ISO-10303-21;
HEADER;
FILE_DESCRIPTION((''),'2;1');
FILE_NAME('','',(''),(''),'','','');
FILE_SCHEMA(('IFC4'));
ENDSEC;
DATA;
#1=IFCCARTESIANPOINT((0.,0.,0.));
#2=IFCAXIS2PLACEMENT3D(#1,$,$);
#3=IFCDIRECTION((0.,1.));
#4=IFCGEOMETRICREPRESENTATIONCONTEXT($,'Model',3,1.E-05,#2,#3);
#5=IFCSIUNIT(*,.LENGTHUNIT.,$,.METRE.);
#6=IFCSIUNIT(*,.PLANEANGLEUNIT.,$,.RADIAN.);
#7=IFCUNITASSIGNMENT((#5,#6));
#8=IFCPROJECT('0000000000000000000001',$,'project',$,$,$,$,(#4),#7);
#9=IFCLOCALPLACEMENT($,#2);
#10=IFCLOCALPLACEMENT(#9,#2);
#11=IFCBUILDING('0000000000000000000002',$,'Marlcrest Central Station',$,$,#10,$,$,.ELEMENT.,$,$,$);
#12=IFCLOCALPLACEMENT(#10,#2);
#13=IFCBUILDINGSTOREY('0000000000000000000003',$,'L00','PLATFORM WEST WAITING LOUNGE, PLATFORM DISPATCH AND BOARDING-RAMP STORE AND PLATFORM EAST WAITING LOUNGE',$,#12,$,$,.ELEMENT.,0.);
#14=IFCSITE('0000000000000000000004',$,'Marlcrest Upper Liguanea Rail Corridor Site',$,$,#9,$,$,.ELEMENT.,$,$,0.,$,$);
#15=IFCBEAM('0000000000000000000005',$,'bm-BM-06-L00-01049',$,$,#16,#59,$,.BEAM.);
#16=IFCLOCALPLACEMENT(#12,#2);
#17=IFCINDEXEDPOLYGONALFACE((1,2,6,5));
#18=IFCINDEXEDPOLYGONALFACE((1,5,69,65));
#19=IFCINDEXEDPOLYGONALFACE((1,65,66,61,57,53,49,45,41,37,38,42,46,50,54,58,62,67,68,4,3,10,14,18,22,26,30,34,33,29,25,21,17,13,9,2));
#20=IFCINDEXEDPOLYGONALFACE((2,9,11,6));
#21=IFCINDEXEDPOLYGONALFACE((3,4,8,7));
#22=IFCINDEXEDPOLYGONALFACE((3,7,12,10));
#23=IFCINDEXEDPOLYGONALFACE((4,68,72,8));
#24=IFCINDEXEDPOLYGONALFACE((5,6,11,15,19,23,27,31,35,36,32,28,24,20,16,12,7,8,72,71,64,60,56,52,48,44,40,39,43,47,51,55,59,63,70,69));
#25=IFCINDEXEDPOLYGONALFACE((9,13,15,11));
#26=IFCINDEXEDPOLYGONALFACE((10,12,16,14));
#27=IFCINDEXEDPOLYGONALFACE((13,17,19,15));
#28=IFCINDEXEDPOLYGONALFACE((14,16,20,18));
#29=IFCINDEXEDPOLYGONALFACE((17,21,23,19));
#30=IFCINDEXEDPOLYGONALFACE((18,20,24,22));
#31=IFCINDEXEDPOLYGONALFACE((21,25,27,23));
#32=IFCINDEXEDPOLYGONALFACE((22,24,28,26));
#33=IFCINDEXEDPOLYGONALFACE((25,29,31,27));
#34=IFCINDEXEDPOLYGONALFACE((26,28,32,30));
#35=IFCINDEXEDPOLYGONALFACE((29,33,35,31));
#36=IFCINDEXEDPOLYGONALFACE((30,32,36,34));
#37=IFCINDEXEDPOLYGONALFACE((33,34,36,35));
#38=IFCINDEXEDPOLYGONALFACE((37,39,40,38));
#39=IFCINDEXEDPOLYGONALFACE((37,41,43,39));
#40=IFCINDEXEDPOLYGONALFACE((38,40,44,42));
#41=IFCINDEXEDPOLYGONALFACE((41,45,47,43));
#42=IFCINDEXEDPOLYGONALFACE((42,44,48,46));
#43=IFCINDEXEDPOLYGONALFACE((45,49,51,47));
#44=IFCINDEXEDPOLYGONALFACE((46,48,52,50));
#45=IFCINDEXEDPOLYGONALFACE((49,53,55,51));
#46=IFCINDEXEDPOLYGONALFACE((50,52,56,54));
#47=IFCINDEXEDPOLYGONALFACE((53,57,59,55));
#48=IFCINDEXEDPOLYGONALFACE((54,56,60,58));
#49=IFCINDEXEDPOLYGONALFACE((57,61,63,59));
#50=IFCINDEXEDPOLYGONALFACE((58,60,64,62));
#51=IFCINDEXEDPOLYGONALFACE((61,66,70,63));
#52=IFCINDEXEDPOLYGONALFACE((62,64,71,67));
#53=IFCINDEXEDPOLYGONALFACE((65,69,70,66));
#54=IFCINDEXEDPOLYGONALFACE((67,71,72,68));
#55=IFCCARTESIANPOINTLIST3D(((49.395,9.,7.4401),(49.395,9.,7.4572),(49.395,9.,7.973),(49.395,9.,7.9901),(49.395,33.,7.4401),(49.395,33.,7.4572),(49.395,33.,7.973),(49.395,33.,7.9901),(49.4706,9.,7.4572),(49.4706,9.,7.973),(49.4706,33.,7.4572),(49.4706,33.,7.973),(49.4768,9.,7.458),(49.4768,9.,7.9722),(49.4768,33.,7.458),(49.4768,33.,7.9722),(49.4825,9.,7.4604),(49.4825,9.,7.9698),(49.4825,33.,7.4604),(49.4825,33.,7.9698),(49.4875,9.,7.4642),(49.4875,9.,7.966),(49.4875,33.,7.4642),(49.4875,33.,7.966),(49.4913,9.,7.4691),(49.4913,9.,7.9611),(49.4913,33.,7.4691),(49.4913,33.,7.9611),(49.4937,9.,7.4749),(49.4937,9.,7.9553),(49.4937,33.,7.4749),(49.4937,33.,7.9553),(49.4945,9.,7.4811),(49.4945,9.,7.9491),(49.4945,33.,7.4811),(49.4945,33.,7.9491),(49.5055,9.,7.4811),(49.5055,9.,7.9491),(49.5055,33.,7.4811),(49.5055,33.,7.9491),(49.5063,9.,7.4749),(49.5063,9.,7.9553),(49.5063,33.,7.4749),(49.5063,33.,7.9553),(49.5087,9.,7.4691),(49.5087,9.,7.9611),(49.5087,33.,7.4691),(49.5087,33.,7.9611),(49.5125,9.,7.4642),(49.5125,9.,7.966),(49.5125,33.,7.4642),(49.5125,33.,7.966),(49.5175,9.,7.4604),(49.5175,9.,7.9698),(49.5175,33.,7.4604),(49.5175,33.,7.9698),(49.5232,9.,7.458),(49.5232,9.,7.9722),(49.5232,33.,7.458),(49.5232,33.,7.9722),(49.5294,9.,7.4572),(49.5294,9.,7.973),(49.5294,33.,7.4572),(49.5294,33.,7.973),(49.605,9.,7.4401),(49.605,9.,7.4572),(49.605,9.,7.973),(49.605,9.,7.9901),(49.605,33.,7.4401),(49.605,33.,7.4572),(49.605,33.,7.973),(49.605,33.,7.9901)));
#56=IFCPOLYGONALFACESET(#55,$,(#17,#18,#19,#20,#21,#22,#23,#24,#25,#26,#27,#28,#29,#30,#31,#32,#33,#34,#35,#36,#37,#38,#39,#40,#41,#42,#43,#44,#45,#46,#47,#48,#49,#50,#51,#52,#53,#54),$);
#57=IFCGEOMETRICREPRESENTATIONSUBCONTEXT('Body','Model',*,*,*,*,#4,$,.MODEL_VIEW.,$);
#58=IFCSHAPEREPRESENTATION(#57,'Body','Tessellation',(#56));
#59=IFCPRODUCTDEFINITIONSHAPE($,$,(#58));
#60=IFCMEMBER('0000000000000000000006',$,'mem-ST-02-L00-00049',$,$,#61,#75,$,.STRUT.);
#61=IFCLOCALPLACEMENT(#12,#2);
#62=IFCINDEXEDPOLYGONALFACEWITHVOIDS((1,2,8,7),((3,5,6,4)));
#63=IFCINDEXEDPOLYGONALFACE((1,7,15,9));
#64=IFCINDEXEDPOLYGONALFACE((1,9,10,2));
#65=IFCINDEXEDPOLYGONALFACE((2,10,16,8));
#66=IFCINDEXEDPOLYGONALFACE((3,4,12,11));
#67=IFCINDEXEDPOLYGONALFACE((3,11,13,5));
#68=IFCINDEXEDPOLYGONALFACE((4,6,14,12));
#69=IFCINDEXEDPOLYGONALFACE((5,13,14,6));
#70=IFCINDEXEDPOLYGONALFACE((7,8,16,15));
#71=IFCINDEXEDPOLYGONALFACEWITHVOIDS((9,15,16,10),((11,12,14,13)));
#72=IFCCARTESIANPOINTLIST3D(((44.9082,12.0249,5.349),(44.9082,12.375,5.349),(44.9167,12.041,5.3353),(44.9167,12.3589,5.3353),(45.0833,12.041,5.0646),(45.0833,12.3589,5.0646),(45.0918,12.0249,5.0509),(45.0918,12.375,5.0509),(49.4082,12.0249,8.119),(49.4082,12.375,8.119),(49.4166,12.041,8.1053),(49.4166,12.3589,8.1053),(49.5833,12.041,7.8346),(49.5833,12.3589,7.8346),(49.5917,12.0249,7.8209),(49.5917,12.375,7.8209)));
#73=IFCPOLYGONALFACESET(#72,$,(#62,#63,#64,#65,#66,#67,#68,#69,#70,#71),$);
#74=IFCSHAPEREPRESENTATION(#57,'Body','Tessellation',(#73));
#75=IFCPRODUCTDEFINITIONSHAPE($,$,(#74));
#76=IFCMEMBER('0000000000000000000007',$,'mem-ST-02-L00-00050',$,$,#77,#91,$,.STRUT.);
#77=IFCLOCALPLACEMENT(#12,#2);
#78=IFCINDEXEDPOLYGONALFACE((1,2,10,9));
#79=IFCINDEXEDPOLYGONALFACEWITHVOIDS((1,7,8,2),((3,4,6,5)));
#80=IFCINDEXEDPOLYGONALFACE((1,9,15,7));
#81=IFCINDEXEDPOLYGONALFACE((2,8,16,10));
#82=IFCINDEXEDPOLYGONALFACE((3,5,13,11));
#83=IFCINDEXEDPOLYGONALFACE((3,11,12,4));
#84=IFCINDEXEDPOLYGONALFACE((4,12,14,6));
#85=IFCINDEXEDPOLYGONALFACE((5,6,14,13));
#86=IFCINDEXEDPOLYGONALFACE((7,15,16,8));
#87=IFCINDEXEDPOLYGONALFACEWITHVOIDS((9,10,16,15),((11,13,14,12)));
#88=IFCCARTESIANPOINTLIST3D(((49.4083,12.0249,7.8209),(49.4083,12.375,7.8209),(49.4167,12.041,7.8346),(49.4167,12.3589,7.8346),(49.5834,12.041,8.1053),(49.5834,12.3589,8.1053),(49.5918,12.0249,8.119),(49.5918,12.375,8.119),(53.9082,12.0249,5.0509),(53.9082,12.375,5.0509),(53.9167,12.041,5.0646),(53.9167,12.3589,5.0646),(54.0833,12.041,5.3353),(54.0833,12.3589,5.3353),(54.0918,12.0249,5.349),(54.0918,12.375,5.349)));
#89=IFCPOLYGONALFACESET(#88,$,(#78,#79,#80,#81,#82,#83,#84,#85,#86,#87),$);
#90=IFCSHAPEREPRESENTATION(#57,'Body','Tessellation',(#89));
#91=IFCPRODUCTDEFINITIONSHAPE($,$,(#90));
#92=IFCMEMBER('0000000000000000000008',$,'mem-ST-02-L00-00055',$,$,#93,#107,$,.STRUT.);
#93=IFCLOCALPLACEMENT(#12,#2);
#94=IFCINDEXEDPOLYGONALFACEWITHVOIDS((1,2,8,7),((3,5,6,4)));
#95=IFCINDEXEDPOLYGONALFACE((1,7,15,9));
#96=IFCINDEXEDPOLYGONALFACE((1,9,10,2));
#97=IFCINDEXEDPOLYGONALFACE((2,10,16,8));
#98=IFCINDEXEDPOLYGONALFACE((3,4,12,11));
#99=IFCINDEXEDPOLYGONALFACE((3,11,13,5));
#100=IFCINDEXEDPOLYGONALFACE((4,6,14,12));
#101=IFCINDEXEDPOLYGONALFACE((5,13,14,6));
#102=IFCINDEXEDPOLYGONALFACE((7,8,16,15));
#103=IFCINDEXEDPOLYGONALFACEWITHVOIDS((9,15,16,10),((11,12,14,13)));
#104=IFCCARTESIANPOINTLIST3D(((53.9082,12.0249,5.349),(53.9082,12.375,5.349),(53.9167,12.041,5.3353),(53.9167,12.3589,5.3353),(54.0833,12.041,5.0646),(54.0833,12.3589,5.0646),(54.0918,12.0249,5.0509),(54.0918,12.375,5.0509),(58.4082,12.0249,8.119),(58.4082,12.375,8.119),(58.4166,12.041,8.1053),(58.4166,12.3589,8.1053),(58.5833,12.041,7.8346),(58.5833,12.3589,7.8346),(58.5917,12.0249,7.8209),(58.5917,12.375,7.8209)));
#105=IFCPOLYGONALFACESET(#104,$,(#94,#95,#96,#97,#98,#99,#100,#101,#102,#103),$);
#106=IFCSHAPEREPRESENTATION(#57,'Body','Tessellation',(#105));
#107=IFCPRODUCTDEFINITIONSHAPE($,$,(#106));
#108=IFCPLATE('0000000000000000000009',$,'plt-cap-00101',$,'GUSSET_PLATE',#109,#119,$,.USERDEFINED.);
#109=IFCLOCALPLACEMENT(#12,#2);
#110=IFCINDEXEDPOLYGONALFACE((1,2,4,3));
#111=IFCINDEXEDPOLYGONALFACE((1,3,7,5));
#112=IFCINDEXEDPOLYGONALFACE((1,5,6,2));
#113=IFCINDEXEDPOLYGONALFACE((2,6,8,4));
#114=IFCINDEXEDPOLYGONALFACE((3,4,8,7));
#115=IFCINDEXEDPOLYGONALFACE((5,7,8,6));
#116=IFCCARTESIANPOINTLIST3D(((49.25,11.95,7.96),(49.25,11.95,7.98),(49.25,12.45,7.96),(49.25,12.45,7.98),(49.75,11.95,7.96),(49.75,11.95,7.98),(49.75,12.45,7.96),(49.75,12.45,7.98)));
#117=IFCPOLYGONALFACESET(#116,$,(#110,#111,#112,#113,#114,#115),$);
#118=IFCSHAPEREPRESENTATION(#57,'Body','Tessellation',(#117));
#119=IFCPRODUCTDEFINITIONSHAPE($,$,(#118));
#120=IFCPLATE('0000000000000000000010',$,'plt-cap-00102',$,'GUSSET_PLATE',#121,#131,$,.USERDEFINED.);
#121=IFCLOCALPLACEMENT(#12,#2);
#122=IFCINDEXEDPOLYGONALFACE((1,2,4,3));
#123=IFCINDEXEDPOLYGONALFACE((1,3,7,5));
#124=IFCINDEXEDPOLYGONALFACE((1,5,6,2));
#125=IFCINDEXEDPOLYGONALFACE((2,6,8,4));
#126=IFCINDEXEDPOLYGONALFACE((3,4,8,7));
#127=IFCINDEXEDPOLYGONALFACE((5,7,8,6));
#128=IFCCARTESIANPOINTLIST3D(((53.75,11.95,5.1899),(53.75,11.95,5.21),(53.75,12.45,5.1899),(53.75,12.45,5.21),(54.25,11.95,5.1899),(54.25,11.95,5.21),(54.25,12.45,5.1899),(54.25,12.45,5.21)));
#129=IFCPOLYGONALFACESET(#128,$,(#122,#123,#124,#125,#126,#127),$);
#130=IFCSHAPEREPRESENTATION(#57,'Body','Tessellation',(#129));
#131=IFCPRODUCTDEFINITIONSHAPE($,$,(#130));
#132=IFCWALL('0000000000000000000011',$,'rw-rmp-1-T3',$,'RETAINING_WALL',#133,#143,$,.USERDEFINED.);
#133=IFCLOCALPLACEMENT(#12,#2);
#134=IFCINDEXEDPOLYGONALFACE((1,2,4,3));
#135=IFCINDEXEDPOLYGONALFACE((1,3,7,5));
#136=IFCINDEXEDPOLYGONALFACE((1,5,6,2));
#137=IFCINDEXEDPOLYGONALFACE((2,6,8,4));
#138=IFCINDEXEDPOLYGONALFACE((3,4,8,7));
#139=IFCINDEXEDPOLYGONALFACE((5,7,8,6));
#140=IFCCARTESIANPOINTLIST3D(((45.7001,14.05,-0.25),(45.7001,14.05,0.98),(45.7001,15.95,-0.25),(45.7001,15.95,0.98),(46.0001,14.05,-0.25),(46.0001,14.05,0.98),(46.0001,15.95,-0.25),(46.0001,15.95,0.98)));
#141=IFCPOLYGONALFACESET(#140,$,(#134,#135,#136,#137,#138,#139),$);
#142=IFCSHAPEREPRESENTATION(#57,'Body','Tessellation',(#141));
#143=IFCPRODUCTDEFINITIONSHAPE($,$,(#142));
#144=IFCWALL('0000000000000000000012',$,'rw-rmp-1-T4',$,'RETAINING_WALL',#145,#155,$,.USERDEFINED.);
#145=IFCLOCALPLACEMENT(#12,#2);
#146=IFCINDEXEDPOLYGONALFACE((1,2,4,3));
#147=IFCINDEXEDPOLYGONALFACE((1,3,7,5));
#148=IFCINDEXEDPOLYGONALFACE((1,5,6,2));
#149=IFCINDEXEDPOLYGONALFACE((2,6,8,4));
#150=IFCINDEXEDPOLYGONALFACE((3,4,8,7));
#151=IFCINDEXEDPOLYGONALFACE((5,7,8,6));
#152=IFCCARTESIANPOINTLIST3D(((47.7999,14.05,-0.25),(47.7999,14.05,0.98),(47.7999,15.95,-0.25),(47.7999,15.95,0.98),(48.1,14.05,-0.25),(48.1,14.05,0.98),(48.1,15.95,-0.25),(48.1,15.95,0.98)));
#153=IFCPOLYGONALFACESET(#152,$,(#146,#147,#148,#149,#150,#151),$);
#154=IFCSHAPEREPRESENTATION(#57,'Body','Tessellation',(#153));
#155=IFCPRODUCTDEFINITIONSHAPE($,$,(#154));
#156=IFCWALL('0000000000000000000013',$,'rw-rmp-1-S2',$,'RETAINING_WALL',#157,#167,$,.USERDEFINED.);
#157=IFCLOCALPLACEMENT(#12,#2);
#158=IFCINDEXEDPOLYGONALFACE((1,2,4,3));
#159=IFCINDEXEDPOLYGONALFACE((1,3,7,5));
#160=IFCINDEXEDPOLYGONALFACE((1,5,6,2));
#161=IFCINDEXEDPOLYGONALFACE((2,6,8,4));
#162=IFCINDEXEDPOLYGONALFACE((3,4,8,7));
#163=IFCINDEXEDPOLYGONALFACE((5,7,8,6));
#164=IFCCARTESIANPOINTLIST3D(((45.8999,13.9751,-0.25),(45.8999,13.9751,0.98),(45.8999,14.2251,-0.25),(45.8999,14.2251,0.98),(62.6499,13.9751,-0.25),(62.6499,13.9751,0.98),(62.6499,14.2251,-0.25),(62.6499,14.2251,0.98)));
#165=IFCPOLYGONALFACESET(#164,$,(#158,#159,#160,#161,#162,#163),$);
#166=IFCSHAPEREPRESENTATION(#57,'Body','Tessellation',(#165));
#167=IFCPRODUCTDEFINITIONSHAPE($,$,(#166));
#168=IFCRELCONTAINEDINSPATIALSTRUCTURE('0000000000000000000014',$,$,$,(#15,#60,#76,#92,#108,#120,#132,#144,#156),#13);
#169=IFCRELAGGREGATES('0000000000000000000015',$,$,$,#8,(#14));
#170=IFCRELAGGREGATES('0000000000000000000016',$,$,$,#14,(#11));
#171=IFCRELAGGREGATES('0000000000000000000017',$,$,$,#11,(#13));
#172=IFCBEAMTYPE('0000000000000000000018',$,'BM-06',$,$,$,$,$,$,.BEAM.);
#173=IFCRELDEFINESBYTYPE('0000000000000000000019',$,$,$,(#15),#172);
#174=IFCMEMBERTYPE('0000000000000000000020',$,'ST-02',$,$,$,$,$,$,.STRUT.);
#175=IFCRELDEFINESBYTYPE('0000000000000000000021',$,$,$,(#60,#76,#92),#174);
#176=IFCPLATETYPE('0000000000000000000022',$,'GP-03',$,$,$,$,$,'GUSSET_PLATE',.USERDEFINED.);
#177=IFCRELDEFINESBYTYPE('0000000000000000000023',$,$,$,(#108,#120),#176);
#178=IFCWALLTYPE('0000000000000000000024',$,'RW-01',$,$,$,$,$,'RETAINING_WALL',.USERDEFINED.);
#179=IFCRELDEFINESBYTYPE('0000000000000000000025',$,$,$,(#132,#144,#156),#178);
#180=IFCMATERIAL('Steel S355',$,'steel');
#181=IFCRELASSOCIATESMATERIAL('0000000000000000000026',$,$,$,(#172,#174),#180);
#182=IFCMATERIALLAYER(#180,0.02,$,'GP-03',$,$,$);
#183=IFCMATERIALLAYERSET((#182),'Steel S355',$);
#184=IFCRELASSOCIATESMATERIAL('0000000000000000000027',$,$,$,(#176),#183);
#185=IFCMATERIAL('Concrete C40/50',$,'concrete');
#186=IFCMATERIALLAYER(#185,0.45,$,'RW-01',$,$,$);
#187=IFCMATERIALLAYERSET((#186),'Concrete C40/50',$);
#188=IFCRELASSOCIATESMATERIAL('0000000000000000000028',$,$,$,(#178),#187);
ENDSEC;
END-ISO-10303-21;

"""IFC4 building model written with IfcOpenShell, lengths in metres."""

from ifc_helpers import new_model, si_unit, direction, frame, frame_2d, origin, origin_2d, place, context, subcontext, project, spatial, rectangle, hollow_rectangle, i_section, extrude, material, layer, layer_set, material_profile, profile_set, type_object, element, save


model = new_model("IFC4")

# Units and contexts
model_context = context("Model", 3, precision=1e-05, world=origin(), true_north=direction((0.0, 1.0)))
body_context = subcontext(model_context, "Body", "Model", "MODEL_VIEW")
ifc_project = project(units=[si_unit("LENGTHUNIT", "METRE"), si_unit("PLANEANGLEUNIT", "RADIAN")], contexts=[model_context])

# Site, building, storey
site_placement = place(None, origin())
site = spatial("IfcSite", under=ifc_project, at=site_placement, Name="Marlcrest Upper Liguanea Rail Corridor Site", CompositionType="ELEMENT", RefElevation=0.0)
building_placement = place(site_placement, origin())
building = spatial("IfcBuilding", under=site, at=building_placement, Name="Marlcrest Central Station", CompositionType="ELEMENT")
storey_placement = place(building_placement, origin())
storey = spatial("IfcBuildingStorey", under=building, at=storey_placement, Name="L00", Description="PLATFORM WEST WAITING LOUNGE, PLATFORM DISPATCH AND BOARDING-RAMP STORE AND PLATFORM EAST WAITING LOUNGE", CompositionType="ELEMENT", Elevation=0.0)

# Shared definitions
ifc_material_1 = material(Name="Concrete C40/50", Category="concrete")

# Shared definitions
ifc_material_2 = material(Name="Steel S355", Category="steel")

# Beam
ifc_material_profile_1 = material_profile(ifc_material_2, i_section(OverallWidth=0.21, OverallDepth=0.55, WebThickness=0.011, FlangeThickness=0.0171, FilletRadius=0.0239, at=origin_2d()), Name="IPE 550")
ifc_profile_set_1 = profile_set([ifc_material_profile_1], Name="Steel S355")
beam_type_1 = type_object("IfcBeamType", Name="BM-06", PredefinedType="BEAM", material=ifc_profile_set_1)
beam_1_placement = place(storey_placement, frame((49.5, 9.0, 7.7151), z_axis=(0.0, 1.0, 0.0), x_axis=(-1.0, 0.0, 0.0)))
element("IfcBeam", 1, at=beam_1_placement, inside=storey, type_object=beam_type_1, Name="bm-BM-06-L00-01049", PredefinedType="BEAM", context=body_context, shape_type="SweptSolid", body=[
    extrude(i_section(OverallWidth=0.21, OverallDepth=0.55, WebThickness=0.011, FlangeThickness=0.0171, FilletRadius=0.0239, at=origin_2d()), origin(), (0.0, 0.0, 1.0), 24.0),
])

# Members
ifc_material_profile_2 = material_profile(ifc_material_2, hollow_rectangle(XDim=0.3501, YDim=0.3501, WallThickness=0.0161, at=origin_2d()), Name="SHS 350x350x16")
ifc_profile_set_2 = profile_set([ifc_material_profile_2], Name="Steel S355")
member_type = type_object("IfcMemberType", Name="ST-02", PredefinedType="STRUT", material=ifc_profile_set_2)
for number, where, z_axis, x_axis, name in (
    (2, (45.0, 12.2, 5.2), (0.851592, 0.0, 0.524206), (0.0, 1.0, 0.0), "mem-ST-02-L00-00049"),
    (3, (54.0, 12.2, 5.2), (-0.851592, 0.0, 0.524206), (0.0, -1.0, 0.0), "mem-ST-02-L00-00050"),
    (4, (54.0, 12.2, 5.2), (0.851592, 0.0, 0.524206), (0.0, 1.0, 0.0), "mem-ST-02-L00-00055"),
):
    element("IfcMember", number, at=place(storey_placement, frame(where, z_axis=z_axis, x_axis=x_axis)), inside=storey, type_object=member_type, Name=name, PredefinedType="STRUT", context=body_context, shape_type="SweptSolid", body=[
        extrude(hollow_rectangle(XDim=0.3501, YDim=0.3501, WallThickness=0.0161, at=origin_2d()), origin(), (0.0, 0.0, 1.0), 5.2842),
    ])

# Plates
ifc_layer_1 = layer(ifc_material_2, 0.02, Name="GP-03")
ifc_layer_set_1 = layer_set([ifc_layer_1], Name="Steel S355")
plate_type = type_object("IfcPlateType", Name="GP-03", ElementType="GUSSET_PLATE", PredefinedType="USERDEFINED", material=ifc_layer_set_1)
for number, where, z_axis, x_axis, name in (
    (5, (49.5, 12.2, 7.96), (0.0, 0.0, 1.0), (1.0, 0.0, 0.0), "plt-cap-00101"),
    (6, (54.0, 12.2, 5.1899), (0.0, 0.0, 1.0), (1.0, 0.0, 0.0), "plt-cap-00102"),
):
    element("IfcPlate", number, at=place(storey_placement, frame(where, z_axis=z_axis, x_axis=x_axis)), inside=storey, type_object=plate_type, Name=name, ObjectType="GUSSET_PLATE", PredefinedType="USERDEFINED", context=body_context, shape_type="SweptSolid", body=[
        extrude(rectangle(XDim=0.5, YDim=0.5, at=origin_2d()), origin(), (0.0, 0.0, 1.0), 0.02),
    ])

# Walls
ifc_layer_2 = layer(ifc_material_1, 0.45, Name="RW-01")
ifc_layer_set_2 = layer_set([ifc_layer_2], Name="Concrete C40/50")
wall_type = type_object("IfcWallType", Name="RW-01", ElementType="RETAINING_WALL", PredefinedType="USERDEFINED", material=ifc_layer_set_2)
for number, where, z_axis, x_axis, name in (
    (7, (45.8501, 14.05, -0.25), (0.0, 0.0, 1.0), (0.0, 1.0, 0.0), "rw-rmp-1-T3"),
    (8, (47.95, 14.05, -0.25), (0.0, 0.0, 1.0), (0.0, 1.0, 0.0), "rw-rmp-1-T4"),
):
    element("IfcWall", number, at=place(storey_placement, frame(where, z_axis=z_axis, x_axis=x_axis)), inside=storey, type_object=wall_type, Name=name, ObjectType="RETAINING_WALL", PredefinedType="USERDEFINED", context=body_context, shape_type="SweptSolid", body=[
        extrude(rectangle(XDim=1.8999, YDim=0.3, at=frame_2d((0.95, 0.0))), origin(), (0.0, 0.0, 1.0), 1.23),
    ])
wall_placement = place(storey_placement, frame((45.8999, 14.1001, -0.25), z_axis=(0.0, 0.0, 1.0), x_axis=(1.0, 0.0, 0.0)))
element("IfcWall", 9, at=wall_placement, inside=storey, type_object=wall_type, Name="rw-rmp-1-S2", ObjectType="RETAINING_WALL", PredefinedType="USERDEFINED", context=body_context, shape_type="SweptSolid", body=[
    extrude(rectangle(XDim=16.75, YDim=0.25, at=frame_2d((8.375, 0.0))), origin(), (0.0, 0.0, 1.0), 1.23),
])

save(model, "model.ifc")
